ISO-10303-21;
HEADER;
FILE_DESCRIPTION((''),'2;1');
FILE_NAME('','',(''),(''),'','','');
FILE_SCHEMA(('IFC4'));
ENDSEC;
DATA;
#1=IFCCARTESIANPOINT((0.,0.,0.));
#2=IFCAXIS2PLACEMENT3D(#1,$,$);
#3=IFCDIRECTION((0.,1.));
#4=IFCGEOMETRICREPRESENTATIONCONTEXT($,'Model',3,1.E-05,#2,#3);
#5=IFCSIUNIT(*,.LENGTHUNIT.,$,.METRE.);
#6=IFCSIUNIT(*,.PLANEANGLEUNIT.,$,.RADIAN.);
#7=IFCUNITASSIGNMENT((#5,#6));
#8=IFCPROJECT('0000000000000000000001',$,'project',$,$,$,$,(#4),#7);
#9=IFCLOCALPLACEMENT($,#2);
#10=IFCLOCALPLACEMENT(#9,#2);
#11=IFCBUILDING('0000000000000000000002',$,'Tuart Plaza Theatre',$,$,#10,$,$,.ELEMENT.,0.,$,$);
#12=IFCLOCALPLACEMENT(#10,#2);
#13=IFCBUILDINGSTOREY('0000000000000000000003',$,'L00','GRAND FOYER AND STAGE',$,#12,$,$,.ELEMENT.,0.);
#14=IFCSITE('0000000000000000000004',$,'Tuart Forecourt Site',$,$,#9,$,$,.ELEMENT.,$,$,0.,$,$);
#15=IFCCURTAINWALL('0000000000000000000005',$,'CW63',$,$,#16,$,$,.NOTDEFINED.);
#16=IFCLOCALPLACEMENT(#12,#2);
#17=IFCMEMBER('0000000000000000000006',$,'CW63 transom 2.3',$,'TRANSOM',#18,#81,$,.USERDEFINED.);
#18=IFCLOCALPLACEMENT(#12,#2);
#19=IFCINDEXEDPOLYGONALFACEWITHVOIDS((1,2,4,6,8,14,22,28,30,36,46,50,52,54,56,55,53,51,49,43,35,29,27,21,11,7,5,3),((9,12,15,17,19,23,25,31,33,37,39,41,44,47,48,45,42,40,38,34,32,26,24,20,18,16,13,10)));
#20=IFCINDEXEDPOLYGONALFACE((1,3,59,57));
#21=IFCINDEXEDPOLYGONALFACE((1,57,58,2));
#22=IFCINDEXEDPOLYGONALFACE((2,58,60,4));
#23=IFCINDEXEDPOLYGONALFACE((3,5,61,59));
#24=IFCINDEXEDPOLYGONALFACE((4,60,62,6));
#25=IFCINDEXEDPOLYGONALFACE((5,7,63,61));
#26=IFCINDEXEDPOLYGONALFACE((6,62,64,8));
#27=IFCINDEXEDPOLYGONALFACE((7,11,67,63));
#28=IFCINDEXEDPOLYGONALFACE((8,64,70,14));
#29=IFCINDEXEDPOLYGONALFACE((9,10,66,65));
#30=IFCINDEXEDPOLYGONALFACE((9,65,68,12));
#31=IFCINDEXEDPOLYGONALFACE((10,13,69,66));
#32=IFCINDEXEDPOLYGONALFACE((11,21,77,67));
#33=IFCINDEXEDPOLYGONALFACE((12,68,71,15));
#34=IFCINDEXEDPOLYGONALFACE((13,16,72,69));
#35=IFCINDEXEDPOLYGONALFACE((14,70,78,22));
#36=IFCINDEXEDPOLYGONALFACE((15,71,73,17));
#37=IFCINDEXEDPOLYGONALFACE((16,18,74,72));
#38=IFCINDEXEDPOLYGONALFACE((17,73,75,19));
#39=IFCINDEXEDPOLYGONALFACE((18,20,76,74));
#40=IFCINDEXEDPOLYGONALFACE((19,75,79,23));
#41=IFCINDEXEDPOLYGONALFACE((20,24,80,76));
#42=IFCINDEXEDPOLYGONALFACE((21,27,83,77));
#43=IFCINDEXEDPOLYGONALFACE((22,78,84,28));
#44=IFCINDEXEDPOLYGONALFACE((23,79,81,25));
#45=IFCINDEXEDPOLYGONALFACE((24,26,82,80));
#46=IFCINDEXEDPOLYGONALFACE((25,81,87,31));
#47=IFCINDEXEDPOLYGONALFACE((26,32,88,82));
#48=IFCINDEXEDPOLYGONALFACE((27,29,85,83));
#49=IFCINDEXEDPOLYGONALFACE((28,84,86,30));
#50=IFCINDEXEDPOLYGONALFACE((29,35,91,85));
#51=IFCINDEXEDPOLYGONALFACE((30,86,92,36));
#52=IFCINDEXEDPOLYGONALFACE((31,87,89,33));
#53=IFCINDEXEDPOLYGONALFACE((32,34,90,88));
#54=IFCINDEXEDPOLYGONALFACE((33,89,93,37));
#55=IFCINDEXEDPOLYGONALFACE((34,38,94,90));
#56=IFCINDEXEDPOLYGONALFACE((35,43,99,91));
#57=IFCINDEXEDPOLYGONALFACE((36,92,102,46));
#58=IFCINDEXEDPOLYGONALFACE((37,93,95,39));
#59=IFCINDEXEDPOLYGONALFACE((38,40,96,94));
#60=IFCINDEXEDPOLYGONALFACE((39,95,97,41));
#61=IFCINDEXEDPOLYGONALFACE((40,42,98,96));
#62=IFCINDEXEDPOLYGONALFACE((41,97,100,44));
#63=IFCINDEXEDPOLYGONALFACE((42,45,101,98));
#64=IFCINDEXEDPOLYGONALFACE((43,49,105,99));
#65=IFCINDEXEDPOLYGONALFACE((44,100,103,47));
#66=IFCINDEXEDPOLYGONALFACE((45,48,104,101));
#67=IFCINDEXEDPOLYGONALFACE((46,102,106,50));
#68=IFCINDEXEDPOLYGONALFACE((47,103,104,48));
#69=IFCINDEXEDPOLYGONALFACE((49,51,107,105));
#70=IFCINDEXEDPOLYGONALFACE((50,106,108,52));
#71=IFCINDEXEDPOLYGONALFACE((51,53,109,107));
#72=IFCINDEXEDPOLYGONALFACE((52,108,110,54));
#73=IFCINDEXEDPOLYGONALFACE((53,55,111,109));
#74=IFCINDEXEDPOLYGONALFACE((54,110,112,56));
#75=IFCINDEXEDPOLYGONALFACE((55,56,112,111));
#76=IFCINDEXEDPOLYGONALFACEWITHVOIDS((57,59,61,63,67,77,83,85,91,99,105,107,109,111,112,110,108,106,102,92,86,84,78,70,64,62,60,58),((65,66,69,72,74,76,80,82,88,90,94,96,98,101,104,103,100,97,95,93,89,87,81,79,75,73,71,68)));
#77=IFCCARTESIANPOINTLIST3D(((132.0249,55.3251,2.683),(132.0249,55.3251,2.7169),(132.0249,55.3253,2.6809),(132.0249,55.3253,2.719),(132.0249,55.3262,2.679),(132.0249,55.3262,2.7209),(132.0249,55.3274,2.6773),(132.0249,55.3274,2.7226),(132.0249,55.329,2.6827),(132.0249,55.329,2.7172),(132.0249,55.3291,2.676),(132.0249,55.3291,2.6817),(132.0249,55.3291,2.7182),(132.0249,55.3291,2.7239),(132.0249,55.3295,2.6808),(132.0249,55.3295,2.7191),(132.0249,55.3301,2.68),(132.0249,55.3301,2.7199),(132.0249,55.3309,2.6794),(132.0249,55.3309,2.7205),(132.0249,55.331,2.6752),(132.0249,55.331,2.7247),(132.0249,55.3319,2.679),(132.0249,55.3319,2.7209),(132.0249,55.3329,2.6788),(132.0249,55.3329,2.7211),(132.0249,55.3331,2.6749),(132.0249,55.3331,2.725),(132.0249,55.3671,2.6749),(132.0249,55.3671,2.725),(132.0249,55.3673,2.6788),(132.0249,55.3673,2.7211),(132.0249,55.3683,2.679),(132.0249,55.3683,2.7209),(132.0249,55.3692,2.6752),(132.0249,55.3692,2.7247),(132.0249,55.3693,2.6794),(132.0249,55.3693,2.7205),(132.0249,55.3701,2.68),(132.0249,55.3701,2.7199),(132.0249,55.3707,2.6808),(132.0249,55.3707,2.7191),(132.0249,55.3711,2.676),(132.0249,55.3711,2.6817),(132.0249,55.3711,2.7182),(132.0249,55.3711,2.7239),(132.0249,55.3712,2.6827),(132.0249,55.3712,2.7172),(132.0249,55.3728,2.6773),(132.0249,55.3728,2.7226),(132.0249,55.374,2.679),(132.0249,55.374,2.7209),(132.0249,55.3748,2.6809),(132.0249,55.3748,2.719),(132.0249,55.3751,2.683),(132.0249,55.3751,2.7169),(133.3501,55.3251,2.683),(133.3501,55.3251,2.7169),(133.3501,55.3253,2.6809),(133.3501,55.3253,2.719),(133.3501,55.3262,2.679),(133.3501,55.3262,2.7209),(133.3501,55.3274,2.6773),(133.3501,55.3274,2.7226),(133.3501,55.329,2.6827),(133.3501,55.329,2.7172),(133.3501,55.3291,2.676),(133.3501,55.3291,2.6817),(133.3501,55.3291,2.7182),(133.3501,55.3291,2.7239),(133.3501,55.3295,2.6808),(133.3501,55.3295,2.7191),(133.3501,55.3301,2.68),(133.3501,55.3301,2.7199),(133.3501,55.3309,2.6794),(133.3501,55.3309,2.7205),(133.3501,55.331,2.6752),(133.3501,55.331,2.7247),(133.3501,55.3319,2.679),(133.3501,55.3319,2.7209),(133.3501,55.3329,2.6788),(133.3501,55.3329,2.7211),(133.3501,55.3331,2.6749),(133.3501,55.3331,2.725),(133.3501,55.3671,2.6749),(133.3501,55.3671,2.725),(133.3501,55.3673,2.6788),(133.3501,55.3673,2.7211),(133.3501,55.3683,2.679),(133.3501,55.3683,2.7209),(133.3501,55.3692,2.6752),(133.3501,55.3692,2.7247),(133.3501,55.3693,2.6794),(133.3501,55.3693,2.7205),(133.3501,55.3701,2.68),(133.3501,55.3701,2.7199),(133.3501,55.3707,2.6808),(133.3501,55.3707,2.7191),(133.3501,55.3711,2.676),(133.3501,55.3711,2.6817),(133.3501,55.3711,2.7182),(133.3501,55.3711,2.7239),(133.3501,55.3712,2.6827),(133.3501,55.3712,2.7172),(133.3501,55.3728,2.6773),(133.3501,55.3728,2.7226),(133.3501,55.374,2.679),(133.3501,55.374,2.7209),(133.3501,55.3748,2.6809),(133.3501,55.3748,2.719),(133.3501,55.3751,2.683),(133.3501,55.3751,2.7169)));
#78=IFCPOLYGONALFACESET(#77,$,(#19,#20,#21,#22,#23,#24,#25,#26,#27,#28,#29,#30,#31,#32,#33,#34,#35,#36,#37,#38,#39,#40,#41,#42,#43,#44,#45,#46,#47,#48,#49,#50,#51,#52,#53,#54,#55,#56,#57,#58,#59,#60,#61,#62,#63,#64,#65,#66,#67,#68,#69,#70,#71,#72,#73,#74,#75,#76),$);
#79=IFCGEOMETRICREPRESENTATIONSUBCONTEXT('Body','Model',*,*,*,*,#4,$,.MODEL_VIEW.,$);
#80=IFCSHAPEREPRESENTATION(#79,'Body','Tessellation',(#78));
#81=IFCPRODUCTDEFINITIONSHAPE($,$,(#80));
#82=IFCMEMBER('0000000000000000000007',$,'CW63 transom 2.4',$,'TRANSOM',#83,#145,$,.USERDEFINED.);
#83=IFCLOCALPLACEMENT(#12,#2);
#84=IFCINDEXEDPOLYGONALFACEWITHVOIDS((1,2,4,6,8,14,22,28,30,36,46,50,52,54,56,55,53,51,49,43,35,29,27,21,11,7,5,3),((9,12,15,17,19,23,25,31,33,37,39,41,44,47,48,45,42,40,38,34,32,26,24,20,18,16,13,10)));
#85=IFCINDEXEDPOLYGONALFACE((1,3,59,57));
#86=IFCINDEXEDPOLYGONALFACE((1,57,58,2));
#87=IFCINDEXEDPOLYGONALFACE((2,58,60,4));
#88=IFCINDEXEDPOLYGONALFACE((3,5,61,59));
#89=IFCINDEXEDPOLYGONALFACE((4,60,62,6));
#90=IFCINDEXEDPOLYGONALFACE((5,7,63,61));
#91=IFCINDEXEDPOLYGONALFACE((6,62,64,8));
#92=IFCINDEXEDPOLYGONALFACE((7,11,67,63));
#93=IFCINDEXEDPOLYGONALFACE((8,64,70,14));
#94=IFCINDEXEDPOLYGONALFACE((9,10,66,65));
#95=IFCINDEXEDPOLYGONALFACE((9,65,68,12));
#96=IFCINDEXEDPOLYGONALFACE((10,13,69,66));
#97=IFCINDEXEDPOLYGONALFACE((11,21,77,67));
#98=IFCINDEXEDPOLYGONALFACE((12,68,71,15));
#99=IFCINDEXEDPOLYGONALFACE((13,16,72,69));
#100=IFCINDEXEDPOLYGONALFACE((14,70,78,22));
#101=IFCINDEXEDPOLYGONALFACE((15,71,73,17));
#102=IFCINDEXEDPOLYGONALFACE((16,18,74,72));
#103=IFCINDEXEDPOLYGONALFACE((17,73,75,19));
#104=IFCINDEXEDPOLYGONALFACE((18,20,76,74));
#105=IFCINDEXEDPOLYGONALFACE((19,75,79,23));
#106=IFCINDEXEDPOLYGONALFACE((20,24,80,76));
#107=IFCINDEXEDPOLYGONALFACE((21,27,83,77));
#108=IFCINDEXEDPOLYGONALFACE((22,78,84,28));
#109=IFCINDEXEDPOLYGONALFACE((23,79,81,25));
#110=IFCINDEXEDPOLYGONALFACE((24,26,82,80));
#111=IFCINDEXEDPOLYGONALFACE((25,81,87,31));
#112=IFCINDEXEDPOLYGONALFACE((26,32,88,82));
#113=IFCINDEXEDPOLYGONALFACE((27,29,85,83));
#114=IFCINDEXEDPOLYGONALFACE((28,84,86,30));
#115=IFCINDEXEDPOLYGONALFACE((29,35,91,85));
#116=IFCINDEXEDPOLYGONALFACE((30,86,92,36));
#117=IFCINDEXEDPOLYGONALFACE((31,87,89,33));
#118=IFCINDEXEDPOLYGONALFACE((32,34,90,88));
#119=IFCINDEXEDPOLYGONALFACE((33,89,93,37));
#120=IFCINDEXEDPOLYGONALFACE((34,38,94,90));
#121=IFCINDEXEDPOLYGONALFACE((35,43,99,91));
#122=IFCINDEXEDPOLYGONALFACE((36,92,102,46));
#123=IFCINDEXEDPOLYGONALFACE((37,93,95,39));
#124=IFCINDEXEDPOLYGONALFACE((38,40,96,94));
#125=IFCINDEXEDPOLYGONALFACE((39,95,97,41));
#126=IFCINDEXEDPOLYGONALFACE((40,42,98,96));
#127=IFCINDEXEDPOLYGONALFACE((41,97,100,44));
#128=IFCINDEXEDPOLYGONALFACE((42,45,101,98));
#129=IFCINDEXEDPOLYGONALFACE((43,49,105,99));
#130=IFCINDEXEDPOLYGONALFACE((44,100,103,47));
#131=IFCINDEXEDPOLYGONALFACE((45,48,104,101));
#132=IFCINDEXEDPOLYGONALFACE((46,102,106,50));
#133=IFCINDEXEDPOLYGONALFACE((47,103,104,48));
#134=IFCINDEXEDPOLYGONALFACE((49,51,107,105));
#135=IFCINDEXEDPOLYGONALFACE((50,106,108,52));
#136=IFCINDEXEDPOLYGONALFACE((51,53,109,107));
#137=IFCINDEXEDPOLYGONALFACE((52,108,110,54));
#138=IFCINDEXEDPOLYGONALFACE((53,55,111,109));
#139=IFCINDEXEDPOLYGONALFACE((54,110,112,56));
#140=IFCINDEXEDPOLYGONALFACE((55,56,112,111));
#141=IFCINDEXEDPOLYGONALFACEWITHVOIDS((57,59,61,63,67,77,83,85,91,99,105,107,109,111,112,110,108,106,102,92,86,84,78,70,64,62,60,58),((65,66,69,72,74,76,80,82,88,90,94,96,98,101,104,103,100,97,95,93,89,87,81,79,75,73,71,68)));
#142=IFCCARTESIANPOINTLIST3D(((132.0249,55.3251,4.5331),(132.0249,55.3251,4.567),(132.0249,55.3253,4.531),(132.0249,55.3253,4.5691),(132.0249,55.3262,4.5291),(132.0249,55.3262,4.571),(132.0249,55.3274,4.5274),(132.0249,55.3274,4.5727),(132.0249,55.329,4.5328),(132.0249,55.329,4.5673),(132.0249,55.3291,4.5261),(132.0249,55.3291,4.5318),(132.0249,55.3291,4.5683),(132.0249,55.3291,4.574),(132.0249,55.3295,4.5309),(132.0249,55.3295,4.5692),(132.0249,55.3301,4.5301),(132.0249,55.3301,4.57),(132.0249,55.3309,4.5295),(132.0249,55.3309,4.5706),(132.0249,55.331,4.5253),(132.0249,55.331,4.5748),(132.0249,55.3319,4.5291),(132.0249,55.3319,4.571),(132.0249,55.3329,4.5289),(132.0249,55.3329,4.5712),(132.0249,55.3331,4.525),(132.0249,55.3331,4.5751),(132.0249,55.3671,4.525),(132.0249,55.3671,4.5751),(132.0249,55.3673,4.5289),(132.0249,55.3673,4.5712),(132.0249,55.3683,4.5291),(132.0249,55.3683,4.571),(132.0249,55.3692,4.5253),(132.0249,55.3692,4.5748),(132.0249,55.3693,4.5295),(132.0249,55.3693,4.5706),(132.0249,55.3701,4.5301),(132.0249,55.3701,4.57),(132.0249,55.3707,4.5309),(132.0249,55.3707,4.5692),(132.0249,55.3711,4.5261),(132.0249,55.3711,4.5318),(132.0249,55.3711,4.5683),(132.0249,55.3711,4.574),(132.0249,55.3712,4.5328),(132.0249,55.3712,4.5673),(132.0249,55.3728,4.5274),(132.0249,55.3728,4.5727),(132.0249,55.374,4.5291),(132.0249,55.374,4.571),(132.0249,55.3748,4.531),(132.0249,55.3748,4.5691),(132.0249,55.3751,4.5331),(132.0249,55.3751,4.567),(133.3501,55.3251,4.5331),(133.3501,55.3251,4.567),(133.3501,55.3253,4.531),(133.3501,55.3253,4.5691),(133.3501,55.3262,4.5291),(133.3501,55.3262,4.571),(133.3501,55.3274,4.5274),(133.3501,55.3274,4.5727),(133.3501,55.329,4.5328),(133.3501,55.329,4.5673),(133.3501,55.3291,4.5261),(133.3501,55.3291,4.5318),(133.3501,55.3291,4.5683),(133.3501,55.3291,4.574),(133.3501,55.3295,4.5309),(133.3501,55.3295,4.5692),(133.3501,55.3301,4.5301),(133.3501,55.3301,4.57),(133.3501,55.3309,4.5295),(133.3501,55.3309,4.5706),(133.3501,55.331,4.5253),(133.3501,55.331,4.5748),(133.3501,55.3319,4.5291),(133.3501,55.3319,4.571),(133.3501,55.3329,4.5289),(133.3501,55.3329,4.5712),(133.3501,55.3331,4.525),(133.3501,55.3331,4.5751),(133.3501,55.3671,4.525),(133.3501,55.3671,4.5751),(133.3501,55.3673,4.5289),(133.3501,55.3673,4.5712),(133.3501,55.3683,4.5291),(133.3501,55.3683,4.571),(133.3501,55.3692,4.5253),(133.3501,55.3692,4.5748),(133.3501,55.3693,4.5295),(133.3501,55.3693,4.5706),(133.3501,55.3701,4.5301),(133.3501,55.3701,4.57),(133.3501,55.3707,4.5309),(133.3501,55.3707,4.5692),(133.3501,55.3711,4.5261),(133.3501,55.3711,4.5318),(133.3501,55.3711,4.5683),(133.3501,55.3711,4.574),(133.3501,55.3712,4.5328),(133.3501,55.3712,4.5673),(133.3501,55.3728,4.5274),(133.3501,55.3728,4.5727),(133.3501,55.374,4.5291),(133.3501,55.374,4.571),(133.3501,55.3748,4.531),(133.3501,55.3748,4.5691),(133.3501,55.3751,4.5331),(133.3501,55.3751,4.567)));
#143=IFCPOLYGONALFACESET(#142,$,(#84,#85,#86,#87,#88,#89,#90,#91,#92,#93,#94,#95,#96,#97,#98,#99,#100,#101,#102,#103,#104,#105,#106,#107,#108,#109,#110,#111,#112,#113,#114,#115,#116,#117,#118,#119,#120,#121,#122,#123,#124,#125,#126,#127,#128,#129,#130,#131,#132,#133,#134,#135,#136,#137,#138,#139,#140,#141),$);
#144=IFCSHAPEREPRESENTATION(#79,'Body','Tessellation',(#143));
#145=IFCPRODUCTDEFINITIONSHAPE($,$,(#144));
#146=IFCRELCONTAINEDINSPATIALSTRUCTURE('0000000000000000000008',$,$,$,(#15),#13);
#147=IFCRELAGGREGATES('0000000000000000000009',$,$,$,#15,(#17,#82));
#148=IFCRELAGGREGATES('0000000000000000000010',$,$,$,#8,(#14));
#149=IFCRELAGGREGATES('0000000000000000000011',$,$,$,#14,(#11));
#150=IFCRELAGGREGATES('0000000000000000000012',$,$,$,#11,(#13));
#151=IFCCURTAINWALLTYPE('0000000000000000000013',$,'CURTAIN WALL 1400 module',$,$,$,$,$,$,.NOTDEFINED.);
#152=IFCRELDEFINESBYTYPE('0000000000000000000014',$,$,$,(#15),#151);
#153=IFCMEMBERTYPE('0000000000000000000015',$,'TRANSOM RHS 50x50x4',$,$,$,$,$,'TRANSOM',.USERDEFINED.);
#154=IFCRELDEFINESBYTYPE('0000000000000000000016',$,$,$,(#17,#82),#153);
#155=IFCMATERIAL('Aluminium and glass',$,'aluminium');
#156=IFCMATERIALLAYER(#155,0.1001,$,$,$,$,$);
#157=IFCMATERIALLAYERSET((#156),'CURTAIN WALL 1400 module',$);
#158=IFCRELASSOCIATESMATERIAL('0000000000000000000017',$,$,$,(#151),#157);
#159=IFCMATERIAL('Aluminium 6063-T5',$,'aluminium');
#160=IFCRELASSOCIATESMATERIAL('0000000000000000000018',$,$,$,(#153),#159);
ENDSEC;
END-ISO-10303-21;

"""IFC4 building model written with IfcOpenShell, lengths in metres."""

from ifc_helpers import new_model, si_unit, direction, frame, origin, origin_2d, place, context, subcontext, project, spatial, hollow_rectangle, extrude, material, layer, layer_set, material_profile, profile_set, type_object, element, aggregate, save


model = new_model("IFC4")

# Units and contexts
model_context = context("Model", 3, precision=1e-05, world=origin(), true_north=direction((0.0, 1.0)))
body_context = subcontext(model_context, "Body", "Model", "MODEL_VIEW")
ifc_project = project(units=[si_unit("LENGTHUNIT", "METRE"), si_unit("PLANEANGLEUNIT", "RADIAN")], contexts=[model_context])

# Site, building, storey
site_placement = place(None, origin())
site = spatial("IfcSite", under=ifc_project, at=site_placement, Name="Tuart Forecourt Site", CompositionType="ELEMENT", RefElevation=0.0)
building_placement = place(site_placement, origin())
building = spatial("IfcBuilding", under=site, at=building_placement, Name="Tuart Plaza Theatre", CompositionType="ELEMENT", ElevationOfRefHeight=0.0)
storey_placement = place(building_placement, origin())
storey = spatial("IfcBuildingStorey", under=building, at=storey_placement, Name="L00", Description="GRAND FOYER AND STAGE", CompositionType="ELEMENT", Elevation=0.0)

# Curtain wall, members
ifc_material_1 = material(Name="Aluminium and glass", Category="aluminium")
ifc_layer_1 = layer(ifc_material_1, 0.1001)
ifc_layer_set_1 = layer_set([ifc_layer_1], Name="CURTAIN WALL 1400 module")
curtain_wall_type_1 = type_object("IfcCurtainWallType", Name="CURTAIN WALL 1400 module", PredefinedType="NOTDEFINED", material=ifc_layer_set_1)
curtain_wall_1_placement = place(storey_placement, origin())
curtain_wall_1 = element("IfcCurtainWall", 1, at=curtain_wall_1_placement, inside=storey, type_object=curtain_wall_type_1, Name="CW63", PredefinedType="NOTDEFINED")
ifc_material_2 = material(Name="Aluminium 6063-T5", Category="aluminium")
ifc_material_profile_1 = material_profile(ifc_material_2, hollow_rectangle(XDim=0.05, YDim=0.05, WallThickness=0.0039, InnerFilletRadius=0.0039, OuterFilletRadius=0.0081, at=origin_2d()), Name="RHS 50x50x4")
ifc_profile_set_1 = profile_set([ifc_material_profile_1], Name="Aluminium 6063-T5")
member_type_1 = type_object("IfcMemberType", Name="TRANSOM RHS 50x50x4", ElementType="TRANSOM", PredefinedType="USERDEFINED", material=ifc_profile_set_1)
member_1_placement = place(storey_placement, frame((132.0249, 55.3501, 2.7), z_axis=(1.0, 0.0, 0.0), x_axis=(0.0, 1.0, 0.0)))
member_1 = element("IfcMember", 2, at=member_1_placement, type_object=member_type_1, Name="CW63 transom 2.3", ObjectType="TRANSOM", PredefinedType="USERDEFINED", context=body_context, shape_type="SweptSolid", body=[
    extrude(hollow_rectangle(XDim=0.05, YDim=0.05, WallThickness=0.0039, InnerFilletRadius=0.0039, OuterFilletRadius=0.0081, at=origin_2d()), origin(), (0.0, 0.0, 1.0), 1.3252),
])
member_2_placement = place(storey_placement, frame((132.0249, 55.3501, 4.55), z_axis=(1.0, 0.0, 0.0), x_axis=(0.0, 1.0, 0.0)))
member_2 = element("IfcMember", 3, at=member_2_placement, type_object=member_type_1, Name="CW63 transom 2.4", ObjectType="TRANSOM", PredefinedType="USERDEFINED", context=body_context, shape_type="SweptSolid", body=[
    extrude(hollow_rectangle(XDim=0.05, YDim=0.05, WallThickness=0.0039, InnerFilletRadius=0.0039, OuterFilletRadius=0.0081, at=origin_2d()), origin(), (0.0, 0.0, 1.0), 1.3252),
])

aggregate(curtain_wall_1, [member_1, member_2])

save(model, "model.ifc")
